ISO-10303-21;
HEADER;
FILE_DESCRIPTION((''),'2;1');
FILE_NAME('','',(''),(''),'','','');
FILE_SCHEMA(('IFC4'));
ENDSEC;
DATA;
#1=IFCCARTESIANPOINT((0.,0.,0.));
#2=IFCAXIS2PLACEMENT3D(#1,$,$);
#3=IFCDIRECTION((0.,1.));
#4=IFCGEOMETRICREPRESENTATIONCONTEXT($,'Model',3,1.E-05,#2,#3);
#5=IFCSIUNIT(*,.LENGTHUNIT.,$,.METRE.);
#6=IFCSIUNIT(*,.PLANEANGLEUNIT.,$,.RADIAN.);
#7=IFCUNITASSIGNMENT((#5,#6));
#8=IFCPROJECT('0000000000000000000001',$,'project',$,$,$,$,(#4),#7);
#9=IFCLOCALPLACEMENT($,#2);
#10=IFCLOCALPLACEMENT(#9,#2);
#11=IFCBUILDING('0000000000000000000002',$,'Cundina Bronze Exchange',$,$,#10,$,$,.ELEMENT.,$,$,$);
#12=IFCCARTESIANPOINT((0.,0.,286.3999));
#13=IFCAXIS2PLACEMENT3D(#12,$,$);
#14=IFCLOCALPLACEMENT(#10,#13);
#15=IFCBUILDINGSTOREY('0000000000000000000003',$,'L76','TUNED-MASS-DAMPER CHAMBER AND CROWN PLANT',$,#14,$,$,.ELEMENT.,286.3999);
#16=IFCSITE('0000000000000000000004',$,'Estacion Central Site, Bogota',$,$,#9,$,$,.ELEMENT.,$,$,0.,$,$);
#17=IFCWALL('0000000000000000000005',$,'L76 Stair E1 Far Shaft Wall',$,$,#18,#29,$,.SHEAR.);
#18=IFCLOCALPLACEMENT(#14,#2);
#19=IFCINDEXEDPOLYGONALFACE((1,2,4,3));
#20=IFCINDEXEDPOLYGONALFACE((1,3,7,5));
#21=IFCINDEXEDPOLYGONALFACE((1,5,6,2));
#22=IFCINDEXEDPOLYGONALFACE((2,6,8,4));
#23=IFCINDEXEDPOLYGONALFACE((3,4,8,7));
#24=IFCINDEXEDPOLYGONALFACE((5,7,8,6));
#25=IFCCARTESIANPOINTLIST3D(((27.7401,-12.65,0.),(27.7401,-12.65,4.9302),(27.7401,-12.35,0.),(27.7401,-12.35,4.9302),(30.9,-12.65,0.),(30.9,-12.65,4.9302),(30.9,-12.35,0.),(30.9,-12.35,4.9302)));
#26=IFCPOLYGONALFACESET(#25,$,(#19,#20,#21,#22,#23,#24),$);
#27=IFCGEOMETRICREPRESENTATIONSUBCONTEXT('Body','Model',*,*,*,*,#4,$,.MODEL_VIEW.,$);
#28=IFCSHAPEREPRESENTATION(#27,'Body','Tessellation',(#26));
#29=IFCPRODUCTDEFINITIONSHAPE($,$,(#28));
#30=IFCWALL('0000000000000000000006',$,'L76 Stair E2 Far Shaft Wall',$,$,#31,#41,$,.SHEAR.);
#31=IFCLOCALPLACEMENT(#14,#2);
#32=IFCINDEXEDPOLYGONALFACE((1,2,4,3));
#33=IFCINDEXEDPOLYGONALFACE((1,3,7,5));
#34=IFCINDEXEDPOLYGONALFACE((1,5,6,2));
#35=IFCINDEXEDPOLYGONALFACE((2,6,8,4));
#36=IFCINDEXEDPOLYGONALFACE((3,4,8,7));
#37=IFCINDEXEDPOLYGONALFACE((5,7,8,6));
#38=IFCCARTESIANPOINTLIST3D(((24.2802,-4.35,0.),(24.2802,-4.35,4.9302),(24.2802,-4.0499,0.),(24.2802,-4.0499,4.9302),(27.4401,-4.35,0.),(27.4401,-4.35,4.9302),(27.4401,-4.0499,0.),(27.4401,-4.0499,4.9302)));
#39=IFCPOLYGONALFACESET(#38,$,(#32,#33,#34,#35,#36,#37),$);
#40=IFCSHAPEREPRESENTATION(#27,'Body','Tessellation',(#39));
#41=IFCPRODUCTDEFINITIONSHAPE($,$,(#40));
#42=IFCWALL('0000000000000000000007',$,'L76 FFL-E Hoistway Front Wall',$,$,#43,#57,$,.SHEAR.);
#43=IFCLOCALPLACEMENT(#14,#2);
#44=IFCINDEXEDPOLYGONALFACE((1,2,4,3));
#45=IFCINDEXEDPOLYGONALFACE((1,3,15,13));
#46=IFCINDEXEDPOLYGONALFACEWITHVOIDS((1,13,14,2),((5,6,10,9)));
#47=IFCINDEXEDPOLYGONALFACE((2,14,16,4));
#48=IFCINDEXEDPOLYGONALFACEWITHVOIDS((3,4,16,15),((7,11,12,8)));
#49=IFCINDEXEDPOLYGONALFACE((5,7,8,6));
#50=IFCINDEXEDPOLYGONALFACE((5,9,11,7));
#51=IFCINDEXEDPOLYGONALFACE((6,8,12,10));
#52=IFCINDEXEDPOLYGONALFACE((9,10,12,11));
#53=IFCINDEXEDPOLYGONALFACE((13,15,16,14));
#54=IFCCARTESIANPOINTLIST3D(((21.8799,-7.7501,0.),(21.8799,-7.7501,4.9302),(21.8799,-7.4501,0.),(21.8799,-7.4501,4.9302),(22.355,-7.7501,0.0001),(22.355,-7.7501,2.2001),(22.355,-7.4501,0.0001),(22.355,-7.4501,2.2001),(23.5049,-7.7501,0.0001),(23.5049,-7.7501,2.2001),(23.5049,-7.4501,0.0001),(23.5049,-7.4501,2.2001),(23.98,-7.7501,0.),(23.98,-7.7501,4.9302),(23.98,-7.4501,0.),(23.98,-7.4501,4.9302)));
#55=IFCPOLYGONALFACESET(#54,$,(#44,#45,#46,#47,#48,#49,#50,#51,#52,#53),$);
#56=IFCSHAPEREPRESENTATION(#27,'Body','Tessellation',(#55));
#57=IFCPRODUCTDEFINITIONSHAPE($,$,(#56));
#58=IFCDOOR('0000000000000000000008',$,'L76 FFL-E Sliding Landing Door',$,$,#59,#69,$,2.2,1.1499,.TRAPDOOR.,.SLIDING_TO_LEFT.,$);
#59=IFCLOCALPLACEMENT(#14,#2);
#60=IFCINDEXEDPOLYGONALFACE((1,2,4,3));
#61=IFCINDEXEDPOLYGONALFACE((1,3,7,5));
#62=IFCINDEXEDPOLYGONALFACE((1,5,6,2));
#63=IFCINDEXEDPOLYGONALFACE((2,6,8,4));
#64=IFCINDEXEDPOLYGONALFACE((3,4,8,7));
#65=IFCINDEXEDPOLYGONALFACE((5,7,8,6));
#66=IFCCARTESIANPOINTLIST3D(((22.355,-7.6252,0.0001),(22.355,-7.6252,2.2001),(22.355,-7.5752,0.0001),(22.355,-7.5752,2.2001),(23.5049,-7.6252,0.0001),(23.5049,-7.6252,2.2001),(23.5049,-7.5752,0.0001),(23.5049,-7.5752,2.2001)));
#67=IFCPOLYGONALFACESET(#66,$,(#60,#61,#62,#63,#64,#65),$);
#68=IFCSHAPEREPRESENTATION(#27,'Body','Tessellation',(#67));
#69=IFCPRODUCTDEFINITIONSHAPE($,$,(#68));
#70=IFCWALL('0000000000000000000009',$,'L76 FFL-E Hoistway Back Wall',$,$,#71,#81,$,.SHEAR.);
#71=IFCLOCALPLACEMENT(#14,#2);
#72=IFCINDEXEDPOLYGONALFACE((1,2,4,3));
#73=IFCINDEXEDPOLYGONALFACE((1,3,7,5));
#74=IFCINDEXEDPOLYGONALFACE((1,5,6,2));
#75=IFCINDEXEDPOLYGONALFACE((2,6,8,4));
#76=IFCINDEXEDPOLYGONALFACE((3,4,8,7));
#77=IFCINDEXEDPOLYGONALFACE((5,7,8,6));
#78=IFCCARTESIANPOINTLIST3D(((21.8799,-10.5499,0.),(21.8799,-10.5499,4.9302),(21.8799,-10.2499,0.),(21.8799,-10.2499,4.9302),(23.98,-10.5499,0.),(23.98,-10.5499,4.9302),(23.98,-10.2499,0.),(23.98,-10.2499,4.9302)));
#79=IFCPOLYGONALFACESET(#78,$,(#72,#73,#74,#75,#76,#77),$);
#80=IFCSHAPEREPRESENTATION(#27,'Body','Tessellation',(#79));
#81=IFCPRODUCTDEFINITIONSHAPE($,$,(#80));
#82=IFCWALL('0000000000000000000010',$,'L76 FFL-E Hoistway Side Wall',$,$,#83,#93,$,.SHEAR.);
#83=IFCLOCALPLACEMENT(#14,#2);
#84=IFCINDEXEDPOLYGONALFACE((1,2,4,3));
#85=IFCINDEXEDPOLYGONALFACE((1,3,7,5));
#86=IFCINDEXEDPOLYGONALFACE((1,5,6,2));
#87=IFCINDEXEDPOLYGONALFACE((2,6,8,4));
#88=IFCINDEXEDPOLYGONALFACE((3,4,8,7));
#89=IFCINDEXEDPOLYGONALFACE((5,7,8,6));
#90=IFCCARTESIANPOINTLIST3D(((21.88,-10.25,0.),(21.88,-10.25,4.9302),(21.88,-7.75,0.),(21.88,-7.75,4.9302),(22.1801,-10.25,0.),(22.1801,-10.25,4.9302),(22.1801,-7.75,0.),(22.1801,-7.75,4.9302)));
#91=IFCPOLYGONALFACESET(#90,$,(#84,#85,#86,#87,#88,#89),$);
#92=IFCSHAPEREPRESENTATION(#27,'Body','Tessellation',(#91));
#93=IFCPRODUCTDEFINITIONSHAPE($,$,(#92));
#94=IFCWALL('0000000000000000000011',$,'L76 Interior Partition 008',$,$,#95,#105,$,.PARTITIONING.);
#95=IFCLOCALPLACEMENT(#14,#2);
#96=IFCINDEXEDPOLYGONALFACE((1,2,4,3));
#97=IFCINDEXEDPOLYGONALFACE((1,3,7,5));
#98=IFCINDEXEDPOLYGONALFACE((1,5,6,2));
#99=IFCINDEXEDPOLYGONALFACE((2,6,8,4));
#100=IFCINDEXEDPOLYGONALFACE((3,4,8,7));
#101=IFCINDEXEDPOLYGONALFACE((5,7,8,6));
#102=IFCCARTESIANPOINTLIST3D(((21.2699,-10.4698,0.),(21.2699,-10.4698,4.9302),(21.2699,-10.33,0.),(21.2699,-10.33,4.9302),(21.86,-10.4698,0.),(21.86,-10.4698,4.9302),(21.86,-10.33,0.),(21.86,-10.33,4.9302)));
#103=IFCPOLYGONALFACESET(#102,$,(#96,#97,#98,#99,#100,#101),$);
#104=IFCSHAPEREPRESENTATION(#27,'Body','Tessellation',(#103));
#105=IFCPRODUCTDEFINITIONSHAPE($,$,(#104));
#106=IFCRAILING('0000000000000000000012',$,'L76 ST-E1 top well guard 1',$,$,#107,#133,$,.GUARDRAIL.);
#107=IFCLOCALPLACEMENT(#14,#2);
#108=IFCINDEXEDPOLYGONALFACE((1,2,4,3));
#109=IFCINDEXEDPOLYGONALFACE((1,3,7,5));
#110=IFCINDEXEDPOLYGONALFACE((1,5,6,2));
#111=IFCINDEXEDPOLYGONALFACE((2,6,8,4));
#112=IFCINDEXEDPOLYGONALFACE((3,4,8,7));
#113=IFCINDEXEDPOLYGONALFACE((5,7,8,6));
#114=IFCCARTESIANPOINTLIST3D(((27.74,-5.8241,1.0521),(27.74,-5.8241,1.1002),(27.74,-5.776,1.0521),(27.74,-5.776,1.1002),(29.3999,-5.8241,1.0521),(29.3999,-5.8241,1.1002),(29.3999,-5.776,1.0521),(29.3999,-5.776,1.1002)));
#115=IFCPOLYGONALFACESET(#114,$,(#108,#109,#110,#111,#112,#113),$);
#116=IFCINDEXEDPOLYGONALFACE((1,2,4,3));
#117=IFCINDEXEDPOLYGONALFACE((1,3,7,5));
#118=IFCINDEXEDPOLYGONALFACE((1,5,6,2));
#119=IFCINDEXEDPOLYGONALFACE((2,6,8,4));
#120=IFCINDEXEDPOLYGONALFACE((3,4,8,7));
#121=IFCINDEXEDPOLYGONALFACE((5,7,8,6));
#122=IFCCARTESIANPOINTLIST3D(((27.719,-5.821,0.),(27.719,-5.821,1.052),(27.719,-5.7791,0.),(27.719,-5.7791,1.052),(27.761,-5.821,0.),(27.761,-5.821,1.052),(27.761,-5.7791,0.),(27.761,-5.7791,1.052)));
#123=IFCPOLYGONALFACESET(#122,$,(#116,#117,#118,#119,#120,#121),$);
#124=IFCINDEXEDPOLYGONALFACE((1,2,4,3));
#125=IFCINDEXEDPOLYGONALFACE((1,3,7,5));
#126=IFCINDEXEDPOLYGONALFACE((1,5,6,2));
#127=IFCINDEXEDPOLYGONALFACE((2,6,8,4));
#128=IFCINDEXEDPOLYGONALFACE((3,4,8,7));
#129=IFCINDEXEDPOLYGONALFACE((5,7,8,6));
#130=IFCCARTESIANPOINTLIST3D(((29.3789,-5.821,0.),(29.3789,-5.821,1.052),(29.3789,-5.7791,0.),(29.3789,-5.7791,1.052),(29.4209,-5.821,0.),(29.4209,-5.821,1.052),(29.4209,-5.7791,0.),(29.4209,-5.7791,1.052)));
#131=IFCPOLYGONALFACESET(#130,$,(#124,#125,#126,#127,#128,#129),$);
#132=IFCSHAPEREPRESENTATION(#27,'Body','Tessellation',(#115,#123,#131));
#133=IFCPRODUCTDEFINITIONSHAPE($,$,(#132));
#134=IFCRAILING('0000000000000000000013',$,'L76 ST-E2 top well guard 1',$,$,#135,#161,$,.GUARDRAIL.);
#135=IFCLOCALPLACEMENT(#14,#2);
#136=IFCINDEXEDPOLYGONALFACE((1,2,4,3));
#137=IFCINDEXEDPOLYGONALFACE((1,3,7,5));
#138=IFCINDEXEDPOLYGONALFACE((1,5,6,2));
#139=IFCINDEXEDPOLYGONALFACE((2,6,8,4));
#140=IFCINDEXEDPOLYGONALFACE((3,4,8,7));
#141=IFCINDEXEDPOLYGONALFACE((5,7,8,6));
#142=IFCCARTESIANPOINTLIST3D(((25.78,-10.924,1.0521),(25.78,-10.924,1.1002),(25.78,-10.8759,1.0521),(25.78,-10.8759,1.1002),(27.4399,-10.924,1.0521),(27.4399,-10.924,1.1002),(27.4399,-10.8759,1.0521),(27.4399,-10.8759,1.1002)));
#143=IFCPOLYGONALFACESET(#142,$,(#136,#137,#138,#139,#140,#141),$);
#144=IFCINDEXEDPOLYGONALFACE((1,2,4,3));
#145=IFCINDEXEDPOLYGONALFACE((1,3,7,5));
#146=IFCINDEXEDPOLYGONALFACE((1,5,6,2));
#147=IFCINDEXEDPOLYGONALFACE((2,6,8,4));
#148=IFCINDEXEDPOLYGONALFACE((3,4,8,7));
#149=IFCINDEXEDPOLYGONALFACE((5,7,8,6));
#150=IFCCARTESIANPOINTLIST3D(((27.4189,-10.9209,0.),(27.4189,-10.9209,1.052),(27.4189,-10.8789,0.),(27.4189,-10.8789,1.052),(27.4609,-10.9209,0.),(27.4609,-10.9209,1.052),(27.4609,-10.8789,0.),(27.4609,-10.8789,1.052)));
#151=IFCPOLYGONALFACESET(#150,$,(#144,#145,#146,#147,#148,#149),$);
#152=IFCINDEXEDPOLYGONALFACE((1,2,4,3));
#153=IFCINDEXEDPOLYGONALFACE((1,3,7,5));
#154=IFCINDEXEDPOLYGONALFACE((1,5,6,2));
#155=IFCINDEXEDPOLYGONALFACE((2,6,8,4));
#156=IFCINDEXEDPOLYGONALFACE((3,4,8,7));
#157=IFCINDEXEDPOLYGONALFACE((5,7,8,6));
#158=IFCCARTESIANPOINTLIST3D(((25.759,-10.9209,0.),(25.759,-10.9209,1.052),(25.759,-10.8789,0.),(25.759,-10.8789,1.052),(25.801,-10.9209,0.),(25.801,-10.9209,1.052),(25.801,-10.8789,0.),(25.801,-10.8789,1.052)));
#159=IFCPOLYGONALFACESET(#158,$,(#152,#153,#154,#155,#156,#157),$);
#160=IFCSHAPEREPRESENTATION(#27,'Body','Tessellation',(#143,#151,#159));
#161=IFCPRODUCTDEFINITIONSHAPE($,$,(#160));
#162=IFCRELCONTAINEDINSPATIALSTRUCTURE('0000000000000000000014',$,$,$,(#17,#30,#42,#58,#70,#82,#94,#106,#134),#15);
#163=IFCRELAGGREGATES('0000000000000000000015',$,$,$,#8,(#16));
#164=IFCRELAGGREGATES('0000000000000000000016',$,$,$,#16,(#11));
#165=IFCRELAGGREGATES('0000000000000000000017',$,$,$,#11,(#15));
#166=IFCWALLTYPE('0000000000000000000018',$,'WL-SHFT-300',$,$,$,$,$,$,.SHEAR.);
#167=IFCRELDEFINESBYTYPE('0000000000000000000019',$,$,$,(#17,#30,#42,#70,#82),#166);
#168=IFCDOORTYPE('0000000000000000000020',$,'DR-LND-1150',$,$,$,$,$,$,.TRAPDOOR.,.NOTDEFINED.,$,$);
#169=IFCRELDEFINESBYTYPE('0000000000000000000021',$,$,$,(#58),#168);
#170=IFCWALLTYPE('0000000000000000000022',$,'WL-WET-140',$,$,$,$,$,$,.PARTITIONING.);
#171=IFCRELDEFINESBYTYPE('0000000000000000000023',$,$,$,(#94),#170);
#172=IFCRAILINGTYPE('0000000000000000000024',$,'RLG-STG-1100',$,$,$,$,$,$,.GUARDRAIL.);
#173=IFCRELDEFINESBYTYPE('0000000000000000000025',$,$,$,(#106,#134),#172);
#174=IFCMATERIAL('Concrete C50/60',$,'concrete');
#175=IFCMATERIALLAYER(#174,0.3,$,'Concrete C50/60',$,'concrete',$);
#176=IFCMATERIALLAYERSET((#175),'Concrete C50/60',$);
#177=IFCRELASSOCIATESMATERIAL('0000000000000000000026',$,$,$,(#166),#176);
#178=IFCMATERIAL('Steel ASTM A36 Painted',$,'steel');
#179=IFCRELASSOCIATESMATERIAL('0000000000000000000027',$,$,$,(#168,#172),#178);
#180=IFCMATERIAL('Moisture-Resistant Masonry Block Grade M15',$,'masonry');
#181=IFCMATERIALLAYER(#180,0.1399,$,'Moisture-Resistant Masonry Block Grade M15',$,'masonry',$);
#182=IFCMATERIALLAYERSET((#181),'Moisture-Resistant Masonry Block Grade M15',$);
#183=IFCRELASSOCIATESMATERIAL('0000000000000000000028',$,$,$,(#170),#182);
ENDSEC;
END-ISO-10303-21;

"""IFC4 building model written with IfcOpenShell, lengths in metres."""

from ifc_helpers import new_model, si_unit, direction, frame, frame_2d, origin, origin_2d, place, context, subcontext, project, spatial, rectangle, extrude, material, layer, layer_set, type_object, element, fill, save


model = new_model("IFC4")

# Units and contexts
model_context = context("Model", 3, precision=1e-05, world=origin(), true_north=direction((0.0, 1.0)))
body_context = subcontext(model_context, "Body", "Model", "MODEL_VIEW")
ifc_project = project(units=[si_unit("LENGTHUNIT", "METRE"), si_unit("PLANEANGLEUNIT", "RADIAN")], contexts=[model_context])

# Site, building, storey
site_placement = place(None, origin())
site = spatial("IfcSite", under=ifc_project, at=site_placement, Name="Estacion Central Site, Bogota", CompositionType="ELEMENT", RefElevation=0.0)
building_placement = place(site_placement, origin())
building = spatial("IfcBuilding", under=site, at=building_placement, Name="Cundina Bronze Exchange", CompositionType="ELEMENT")
storey_placement = place(building_placement, frame((0.0, 0.0, 286.3999)))
storey = spatial("IfcBuildingStorey", under=building, at=storey_placement, Name="L76", Description="TUNED-MASS-DAMPER CHAMBER AND CROWN PLANT", CompositionType="ELEMENT", Elevation=286.3999)

# Shared definitions
ifc_material_1 = material(Name="Concrete C50/60", Category="concrete")
ifc_layer_1 = layer(ifc_material_1, 0.3, Name="Concrete C50/60", Category="concrete")
ifc_layer_set_1 = layer_set([ifc_layer_1], Name="Concrete C50/60")
wall_type_1 = type_object("IfcWallType", Name="WL-SHFT-300", PredefinedType="SHEAR", material=ifc_layer_set_1)
ifc_material_2 = material(Name="Steel ASTM A36 Painted", Category="steel")

# Wall
wall_1_placement = place(storey_placement, frame((27.74, -12.5, 0.0), z_axis=(0.0, 0.0, 1.0), x_axis=(1.0, 0.0, 0.0)))
element("IfcWall", 1, at=wall_1_placement, inside=storey, type_object=wall_type_1, Name="L76 Stair E1 Far Shaft Wall", PredefinedType="SHEAR", context=body_context, shape_type="SweptSolid", body=[
    extrude(rectangle(XDim=3.1599, YDim=0.3, at=frame_2d((1.5801, 0.0))), origin(), (0.0, 0.0, 1.0), 4.9302),
])

# Wall
wall_2_placement = place(storey_placement, frame((24.28, -4.2, 0.0), z_axis=(0.0, 0.0, 1.0), x_axis=(1.0, 0.0, 0.0)))
element("IfcWall", 2, at=wall_2_placement, inside=storey, type_object=wall_type_1, Name="L76 Stair E2 Far Shaft Wall", PredefinedType="SHEAR", context=body_context, shape_type="SweptSolid", body=[
    extrude(rectangle(XDim=3.1599, YDim=0.3, at=frame_2d((1.5801, 0.0))), origin(), (0.0, 0.0, 1.0), 4.9302),
])

# Wall, opening, door
wall_3_placement = place(storey_placement, frame((21.8799, -7.6001, 0.0), z_axis=(0.0, 0.0, 1.0), x_axis=(1.0, 0.0, 0.0)))
wall_3 = element("IfcWall", 3, at=wall_3_placement, inside=storey, type_object=wall_type_1, Name="L76 FFL-E Hoistway Front Wall", PredefinedType="SHEAR", context=body_context, shape_type="SweptSolid", body=[
    extrude(rectangle(XDim=2.1001, YDim=0.3, at=frame_2d((1.05, 0.0))), origin(), (0.0, 0.0, 1.0), 4.9302),
])
opening_1_placement = place(wall_3_placement, frame((0.4751, 0.0, 0.0)))
opening_1 = element("IfcOpeningElement", 4, at=opening_1_placement, cuts=wall_3, PredefinedType="OPENING", context=body_context, shape_type="SweptSolid", body=[
    extrude(rectangle(XDim=1.1499, YDim=2.2, at=frame_2d((0.575, 1.1001))), frame((0.0, 0.1599, 0.0), z_axis=(0.0, -1.0, 0.0), x_axis=(1.0, 0.0, 0.0)), (0.0, 0.0, 1.0), 0.3201),
])
door_type_1 = type_object("IfcDoorType", Name="DR-LND-1150", OperationType="NOTDEFINED", PredefinedType="TRAPDOOR", material=ifc_material_2)
door_1_placement = place(opening_1_placement, origin())
door_1 = element("IfcDoor", 5, at=door_1_placement, inside=storey, type_object=door_type_1, Name="L76 FFL-E Sliding Landing Door", OperationType="SLIDING_TO_LEFT", OverallHeight=2.2, OverallWidth=1.1499, PredefinedType="TRAPDOOR", context=body_context, shape_type="SweptSolid", body=[
    extrude(rectangle(XDim=1.1499, YDim=2.2, at=frame_2d((0.575, 1.1001))), frame((0.0, 0.0249, 0.0), z_axis=(0.0, -1.0, 0.0), x_axis=(1.0, 0.0, 0.0)), (0.0, 0.0, 1.0), 0.05),
])
fill(opening_1, door_1)

# Walls
wall_4_placement = place(storey_placement, frame((21.8799, -10.3999, 0.0), z_axis=(0.0, 0.0, 1.0), x_axis=(1.0, 0.0, 0.0)))
element("IfcWall", 6, at=wall_4_placement, inside=storey, type_object=wall_type_1, Name="L76 FFL-E Hoistway Back Wall", PredefinedType="SHEAR", context=body_context, shape_type="SweptSolid", body=[
    extrude(rectangle(XDim=2.1001, YDim=0.3, at=frame_2d((1.05, 0.0))), origin(), (0.0, 0.0, 1.0), 4.9302),
])
wall_5_placement = place(storey_placement, frame((22.03, -10.25, 0.0), z_axis=(0.0, 0.0, 1.0), x_axis=(0.0, 1.0, 0.0)))
element("IfcWall", 7, at=wall_5_placement, inside=storey, type_object=wall_type_1, Name="L76 FFL-E Hoistway Side Wall", PredefinedType="SHEAR", context=body_context, shape_type="SweptSolid", body=[
    extrude(rectangle(XDim=2.5, YDim=0.3, at=frame_2d((1.25, 0.0))), origin(), (0.0, 0.0, 1.0), 4.9302),
])
ifc_material_3 = material(Name="Moisture-Resistant Masonry Block Grade M15", Category="masonry")
ifc_layer_2 = layer(ifc_material_3, 0.1399, Name="Moisture-Resistant Masonry Block Grade M15", Category="masonry")
ifc_layer_set_2 = layer_set([ifc_layer_2], Name="Moisture-Resistant Masonry Block Grade M15")
wall_type_2 = type_object("IfcWallType", Name="WL-WET-140", PredefinedType="PARTITIONING", material=ifc_layer_set_2)
wall_6_placement = place(storey_placement, frame((21.27, -10.3999, 0.0), z_axis=(0.0, 0.0, 1.0), x_axis=(1.0, 0.0, 0.0)))
element("IfcWall", 8, at=wall_6_placement, inside=storey, type_object=wall_type_2, Name="L76 Interior Partition 008", PredefinedType="PARTITIONING", context=body_context, shape_type="SweptSolid", body=[
    extrude(rectangle(XDim=0.5901, YDim=0.1399, at=frame_2d((0.2949, 0.0))), origin(), (0.0, 0.0, 1.0), 4.9302),
])

# Railings
railing_type = type_object("IfcRailingType", Name="RLG-STG-1100", PredefinedType="GUARDRAIL", material=ifc_material_2)
railing_1_placement = place(storey_placement, frame((27.74, -5.8, 0.0)))
element("IfcRailing", 9, at=railing_1_placement, inside=storey, type_object=railing_type, Name="L76 ST-E1 top well guard 1", PredefinedType="GUARDRAIL", context=body_context, shape_type="SweptSolid", body=[
    extrude(rectangle(XDim=0.0481, YDim=0.0481, at=origin_2d()), frame((0.0, 0.0, 1.0762), z_axis=(1.0, 0.0, 0.0), x_axis=(0.0, 1.0, 0.0)), (0.0, 0.0, 1.0), 1.6599),
    extrude(rectangle(XDim=0.042, YDim=0.042, at=origin_2d()), origin(), (0.0, 0.0, 1.0), 1.052),
    extrude(rectangle(XDim=0.042, YDim=0.042, at=origin_2d()), frame((1.6599, 0.0, 0.0)), (0.0, 0.0, 1.0), 1.052),
])
railing_2_placement = place(storey_placement, frame((27.4399, -10.8999, 0.0)))
element("IfcRailing", 10, at=railing_2_placement, inside=storey, type_object=railing_type, Name="L76 ST-E2 top well guard 1", PredefinedType="GUARDRAIL", context=body_context, shape_type="SweptSolid", body=[
    extrude(rectangle(XDim=0.0481, YDim=0.0481, at=origin_2d()), frame((0.0, 0.0, 1.0762), z_axis=(-1.0, 0.0, 0.0), x_axis=(0.0, -1.0, 0.0)), (0.0, 0.0, 1.0), 1.6599),
    extrude(rectangle(XDim=0.042, YDim=0.042, at=origin_2d()), origin(), (0.0, 0.0, 1.0), 1.052),
    extrude(rectangle(XDim=0.042, YDim=0.042, at=origin_2d()), frame((-1.6599, 0.0, 0.0)), (0.0, 0.0, 1.0), 1.052),
])

save(model, "model.ifc")
